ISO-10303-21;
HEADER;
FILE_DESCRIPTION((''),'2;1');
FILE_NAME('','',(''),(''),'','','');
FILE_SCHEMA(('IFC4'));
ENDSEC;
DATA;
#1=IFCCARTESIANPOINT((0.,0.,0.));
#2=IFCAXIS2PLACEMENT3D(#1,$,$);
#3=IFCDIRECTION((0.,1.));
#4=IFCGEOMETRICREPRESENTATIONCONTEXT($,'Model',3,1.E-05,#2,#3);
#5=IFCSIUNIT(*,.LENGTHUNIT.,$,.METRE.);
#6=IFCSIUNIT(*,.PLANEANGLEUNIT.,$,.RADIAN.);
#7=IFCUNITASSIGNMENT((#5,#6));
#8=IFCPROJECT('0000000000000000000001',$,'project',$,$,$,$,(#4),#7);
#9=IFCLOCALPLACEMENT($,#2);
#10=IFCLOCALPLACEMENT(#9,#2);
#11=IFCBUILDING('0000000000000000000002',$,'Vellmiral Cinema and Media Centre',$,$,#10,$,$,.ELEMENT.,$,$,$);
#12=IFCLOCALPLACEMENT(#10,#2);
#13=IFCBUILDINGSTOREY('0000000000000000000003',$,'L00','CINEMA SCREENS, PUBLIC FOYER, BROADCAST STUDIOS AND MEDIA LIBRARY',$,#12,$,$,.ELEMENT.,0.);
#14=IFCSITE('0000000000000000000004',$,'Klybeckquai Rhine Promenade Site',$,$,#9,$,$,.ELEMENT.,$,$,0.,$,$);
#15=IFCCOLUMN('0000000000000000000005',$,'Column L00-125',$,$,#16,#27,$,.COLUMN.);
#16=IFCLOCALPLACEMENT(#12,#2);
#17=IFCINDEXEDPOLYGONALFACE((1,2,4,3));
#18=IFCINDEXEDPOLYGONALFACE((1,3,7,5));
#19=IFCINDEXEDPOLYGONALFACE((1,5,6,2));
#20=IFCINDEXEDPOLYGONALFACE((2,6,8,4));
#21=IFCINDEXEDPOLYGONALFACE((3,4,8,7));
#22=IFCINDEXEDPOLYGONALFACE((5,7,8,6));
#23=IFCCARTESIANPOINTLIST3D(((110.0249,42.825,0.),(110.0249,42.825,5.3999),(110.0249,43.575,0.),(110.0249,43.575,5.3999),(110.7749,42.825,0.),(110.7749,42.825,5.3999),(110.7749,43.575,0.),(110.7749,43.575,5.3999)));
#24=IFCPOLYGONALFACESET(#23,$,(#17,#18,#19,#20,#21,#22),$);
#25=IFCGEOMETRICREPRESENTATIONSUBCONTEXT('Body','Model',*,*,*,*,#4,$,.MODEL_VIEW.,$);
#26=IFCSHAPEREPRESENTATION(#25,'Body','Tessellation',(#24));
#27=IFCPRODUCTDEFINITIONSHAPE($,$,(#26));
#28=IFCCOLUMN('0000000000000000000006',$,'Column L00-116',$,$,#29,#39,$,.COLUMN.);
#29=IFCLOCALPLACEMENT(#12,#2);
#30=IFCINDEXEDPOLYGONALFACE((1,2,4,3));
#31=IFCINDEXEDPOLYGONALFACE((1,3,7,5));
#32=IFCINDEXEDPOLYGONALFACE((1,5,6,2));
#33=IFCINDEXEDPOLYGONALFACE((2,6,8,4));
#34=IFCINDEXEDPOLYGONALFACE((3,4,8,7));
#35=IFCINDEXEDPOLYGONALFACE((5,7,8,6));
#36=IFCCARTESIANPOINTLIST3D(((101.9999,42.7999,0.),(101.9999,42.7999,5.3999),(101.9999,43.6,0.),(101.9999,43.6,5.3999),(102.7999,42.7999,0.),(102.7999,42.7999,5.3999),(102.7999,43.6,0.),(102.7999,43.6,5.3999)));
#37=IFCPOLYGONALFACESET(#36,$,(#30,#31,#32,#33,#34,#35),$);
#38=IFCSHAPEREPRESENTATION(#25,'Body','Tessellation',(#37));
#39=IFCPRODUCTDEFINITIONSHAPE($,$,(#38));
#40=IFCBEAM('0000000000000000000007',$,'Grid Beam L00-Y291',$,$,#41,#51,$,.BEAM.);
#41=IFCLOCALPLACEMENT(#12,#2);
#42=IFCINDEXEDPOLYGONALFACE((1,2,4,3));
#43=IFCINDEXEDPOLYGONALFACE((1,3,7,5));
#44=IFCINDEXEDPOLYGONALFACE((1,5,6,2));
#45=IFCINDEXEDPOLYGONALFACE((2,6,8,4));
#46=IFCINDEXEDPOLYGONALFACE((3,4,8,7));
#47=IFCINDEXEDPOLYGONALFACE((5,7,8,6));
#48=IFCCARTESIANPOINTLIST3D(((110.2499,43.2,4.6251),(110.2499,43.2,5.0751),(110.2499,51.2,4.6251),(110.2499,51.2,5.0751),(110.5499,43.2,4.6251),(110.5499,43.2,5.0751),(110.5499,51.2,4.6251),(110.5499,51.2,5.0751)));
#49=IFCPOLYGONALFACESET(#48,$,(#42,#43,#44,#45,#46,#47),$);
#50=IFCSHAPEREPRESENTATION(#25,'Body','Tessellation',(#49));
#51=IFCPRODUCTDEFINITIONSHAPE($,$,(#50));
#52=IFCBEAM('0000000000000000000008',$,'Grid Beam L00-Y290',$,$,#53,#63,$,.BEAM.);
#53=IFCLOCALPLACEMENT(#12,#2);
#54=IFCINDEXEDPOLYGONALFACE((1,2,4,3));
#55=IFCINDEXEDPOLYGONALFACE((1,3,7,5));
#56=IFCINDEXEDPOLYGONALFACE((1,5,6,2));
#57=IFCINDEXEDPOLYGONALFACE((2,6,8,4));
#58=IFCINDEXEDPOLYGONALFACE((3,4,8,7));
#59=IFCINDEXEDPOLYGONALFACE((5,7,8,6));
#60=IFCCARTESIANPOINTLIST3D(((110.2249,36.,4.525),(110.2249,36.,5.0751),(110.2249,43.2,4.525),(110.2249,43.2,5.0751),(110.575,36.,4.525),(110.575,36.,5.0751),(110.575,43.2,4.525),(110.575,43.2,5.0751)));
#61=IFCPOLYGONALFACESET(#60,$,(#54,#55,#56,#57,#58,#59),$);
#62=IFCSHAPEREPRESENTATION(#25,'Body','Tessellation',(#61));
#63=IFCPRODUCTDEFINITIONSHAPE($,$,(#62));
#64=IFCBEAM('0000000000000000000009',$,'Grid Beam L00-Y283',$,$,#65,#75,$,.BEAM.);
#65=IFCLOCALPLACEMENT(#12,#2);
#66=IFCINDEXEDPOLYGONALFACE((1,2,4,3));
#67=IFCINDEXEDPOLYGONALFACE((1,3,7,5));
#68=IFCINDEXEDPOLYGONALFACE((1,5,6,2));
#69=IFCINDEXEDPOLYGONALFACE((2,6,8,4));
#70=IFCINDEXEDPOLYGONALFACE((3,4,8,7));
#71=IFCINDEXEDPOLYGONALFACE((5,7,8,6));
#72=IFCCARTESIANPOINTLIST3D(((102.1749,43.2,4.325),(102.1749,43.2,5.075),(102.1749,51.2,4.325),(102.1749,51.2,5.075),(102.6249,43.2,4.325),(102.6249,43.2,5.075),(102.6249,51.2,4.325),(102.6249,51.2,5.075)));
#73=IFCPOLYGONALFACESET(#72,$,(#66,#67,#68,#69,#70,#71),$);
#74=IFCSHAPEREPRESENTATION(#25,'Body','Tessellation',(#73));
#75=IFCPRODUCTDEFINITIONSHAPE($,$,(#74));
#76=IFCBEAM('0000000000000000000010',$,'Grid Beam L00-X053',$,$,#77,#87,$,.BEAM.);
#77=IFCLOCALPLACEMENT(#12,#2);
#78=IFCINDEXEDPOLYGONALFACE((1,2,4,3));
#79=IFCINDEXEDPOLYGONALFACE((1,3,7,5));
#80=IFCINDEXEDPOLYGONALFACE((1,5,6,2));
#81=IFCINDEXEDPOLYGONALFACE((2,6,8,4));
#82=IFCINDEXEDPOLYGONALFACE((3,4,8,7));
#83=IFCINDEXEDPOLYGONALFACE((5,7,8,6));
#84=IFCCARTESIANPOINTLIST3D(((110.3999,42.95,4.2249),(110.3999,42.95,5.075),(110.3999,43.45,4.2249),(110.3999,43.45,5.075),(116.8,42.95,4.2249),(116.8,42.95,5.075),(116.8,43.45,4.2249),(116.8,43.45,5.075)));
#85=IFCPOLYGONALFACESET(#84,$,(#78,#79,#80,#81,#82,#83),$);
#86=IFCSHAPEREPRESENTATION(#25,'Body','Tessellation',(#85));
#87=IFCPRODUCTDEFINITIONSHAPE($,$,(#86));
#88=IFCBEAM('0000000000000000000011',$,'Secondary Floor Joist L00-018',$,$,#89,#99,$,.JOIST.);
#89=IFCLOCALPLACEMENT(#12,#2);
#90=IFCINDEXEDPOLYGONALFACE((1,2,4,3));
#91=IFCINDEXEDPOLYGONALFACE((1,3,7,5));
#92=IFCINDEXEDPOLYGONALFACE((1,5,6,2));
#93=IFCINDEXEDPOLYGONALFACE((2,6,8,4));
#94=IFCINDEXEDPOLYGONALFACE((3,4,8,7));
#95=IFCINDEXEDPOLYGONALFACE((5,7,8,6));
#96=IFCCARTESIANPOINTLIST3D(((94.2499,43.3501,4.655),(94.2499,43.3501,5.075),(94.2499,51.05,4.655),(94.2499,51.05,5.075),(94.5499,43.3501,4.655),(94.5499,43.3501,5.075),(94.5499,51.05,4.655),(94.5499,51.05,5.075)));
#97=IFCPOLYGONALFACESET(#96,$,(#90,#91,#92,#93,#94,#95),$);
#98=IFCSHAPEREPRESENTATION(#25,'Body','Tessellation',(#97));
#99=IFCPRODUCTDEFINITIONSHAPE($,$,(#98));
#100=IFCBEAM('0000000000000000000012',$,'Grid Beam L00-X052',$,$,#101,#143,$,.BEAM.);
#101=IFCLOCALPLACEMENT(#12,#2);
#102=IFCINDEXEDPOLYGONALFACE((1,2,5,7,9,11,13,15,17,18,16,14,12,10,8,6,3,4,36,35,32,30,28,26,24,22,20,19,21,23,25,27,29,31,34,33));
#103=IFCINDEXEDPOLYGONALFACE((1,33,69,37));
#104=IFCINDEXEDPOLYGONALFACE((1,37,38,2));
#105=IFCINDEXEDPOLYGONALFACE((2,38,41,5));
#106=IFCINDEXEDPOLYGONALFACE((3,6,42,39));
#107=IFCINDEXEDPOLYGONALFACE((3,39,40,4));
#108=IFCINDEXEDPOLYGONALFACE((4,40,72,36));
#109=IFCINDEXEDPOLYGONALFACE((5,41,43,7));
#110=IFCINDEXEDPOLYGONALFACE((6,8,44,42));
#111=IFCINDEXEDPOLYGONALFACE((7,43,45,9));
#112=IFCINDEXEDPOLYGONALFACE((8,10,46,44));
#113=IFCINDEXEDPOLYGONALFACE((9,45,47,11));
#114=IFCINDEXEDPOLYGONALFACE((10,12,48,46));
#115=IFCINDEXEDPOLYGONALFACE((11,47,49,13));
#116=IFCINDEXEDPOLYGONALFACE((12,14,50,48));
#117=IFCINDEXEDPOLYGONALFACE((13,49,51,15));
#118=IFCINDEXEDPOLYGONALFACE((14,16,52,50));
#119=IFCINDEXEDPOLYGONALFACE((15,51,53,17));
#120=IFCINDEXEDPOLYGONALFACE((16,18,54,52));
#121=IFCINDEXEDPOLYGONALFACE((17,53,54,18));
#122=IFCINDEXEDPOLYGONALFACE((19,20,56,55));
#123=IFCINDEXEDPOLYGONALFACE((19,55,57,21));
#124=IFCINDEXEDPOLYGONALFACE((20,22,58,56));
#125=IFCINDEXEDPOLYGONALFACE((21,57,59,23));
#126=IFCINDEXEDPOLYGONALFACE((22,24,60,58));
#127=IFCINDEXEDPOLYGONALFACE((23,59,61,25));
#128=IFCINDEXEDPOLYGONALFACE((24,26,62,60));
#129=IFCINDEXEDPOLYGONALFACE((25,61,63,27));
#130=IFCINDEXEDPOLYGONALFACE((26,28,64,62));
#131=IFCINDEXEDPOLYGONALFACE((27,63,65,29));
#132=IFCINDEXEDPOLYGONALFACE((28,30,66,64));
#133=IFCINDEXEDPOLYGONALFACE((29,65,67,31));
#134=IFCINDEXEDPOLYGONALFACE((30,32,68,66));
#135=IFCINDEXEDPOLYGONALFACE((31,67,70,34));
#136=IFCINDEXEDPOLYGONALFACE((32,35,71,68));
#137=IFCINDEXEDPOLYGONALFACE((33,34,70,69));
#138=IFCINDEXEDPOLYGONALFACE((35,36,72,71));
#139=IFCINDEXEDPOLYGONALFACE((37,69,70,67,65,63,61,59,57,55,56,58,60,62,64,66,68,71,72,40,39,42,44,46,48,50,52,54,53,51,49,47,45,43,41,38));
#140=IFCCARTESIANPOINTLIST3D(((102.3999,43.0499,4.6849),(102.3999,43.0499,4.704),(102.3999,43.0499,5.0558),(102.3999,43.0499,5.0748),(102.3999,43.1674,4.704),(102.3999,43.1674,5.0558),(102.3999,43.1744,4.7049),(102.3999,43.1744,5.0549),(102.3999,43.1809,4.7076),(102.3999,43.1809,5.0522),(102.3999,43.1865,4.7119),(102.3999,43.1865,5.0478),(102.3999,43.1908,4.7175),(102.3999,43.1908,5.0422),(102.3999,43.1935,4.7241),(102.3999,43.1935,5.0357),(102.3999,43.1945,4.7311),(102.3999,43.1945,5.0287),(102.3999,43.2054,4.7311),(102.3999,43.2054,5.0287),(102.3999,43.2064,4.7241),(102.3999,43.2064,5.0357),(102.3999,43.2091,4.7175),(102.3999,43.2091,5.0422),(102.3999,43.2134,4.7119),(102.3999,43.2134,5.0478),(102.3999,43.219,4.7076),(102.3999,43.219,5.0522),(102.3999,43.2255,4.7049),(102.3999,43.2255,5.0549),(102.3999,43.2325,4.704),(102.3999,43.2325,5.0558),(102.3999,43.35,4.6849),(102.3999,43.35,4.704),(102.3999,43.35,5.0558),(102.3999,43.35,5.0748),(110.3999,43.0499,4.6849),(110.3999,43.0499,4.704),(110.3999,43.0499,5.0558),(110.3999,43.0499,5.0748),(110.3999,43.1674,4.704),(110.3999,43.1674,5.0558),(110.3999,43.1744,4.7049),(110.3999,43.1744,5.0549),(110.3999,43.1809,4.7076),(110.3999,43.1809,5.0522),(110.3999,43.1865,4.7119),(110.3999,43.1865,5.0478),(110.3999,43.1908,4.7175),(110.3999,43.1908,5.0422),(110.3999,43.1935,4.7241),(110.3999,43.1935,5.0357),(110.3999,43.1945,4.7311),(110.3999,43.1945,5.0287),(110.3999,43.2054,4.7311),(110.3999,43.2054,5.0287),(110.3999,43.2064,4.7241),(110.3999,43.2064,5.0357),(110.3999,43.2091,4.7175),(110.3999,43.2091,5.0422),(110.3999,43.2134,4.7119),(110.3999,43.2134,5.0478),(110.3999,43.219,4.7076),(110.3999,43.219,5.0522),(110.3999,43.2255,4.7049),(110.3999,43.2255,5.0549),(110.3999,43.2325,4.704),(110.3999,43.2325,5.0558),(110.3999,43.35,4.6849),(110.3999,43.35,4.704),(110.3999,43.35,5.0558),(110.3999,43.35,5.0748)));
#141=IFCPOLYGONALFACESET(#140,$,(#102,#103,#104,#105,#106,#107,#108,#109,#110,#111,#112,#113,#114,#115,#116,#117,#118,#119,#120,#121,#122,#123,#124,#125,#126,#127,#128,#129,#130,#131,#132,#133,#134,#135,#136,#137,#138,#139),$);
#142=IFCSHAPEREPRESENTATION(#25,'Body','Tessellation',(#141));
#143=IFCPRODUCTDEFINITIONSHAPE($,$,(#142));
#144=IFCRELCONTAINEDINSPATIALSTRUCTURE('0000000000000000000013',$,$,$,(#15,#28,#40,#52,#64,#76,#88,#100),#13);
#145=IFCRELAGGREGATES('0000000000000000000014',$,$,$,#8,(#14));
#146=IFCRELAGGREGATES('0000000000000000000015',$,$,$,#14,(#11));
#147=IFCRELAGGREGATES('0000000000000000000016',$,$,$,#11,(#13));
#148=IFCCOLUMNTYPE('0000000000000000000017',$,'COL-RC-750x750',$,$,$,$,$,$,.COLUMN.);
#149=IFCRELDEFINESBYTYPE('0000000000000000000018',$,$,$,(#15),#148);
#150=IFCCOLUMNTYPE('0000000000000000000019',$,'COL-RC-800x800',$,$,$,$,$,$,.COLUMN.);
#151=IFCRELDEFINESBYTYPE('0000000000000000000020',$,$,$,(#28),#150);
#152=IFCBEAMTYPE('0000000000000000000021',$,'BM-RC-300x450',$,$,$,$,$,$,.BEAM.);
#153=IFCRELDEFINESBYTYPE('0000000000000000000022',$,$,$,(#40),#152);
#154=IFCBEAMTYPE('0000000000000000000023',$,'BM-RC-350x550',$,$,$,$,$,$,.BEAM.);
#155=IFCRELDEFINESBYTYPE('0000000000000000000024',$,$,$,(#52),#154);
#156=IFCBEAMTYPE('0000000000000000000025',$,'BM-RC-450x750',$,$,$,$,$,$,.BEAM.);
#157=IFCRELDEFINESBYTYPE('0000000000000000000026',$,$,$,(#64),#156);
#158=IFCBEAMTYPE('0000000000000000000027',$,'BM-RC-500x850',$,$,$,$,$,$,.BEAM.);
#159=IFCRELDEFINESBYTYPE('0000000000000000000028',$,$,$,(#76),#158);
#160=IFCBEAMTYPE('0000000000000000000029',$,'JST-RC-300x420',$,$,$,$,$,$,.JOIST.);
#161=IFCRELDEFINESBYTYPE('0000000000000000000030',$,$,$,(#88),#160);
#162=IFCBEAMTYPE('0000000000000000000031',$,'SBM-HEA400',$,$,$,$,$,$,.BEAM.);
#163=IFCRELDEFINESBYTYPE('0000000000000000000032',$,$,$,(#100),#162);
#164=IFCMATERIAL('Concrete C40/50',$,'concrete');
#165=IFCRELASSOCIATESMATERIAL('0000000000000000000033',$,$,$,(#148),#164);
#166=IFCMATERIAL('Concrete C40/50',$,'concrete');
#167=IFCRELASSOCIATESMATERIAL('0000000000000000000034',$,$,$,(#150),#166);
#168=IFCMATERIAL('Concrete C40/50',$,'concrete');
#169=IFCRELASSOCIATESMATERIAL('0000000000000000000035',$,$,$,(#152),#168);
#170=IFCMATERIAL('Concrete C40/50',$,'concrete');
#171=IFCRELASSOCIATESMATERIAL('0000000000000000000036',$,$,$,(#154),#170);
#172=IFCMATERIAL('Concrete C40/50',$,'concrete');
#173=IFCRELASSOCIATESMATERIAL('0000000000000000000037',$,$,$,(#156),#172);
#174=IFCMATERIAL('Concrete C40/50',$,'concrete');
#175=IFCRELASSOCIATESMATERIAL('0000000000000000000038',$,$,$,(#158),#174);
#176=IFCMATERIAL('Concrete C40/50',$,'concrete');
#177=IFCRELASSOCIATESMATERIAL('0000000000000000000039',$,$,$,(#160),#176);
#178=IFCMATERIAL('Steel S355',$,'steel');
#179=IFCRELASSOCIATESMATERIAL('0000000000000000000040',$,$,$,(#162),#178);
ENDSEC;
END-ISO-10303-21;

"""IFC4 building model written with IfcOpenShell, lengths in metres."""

from ifc_helpers import new_model, si_unit, direction, frame, origin, origin_2d, place, context, subcontext, project, spatial, rectangle, i_section, extrude, material, material_profile, profile_set, type_object, element, save


model = new_model("IFC4")

# Units and contexts
model_context = context("Model", 3, precision=1e-05, world=origin(), true_north=direction((0.0, 1.0)))
body_context = subcontext(model_context, "Body", "Model", "MODEL_VIEW")
ifc_project = project(units=[si_unit("LENGTHUNIT", "METRE"), si_unit("PLANEANGLEUNIT", "RADIAN")], contexts=[model_context])

# Site, building, storey
site_placement = place(None, origin())
site = spatial("IfcSite", under=ifc_project, at=site_placement, Name="Klybeckquai Rhine Promenade Site", CompositionType="ELEMENT", RefElevation=0.0)
building_placement = place(site_placement, origin())
building = spatial("IfcBuilding", under=site, at=building_placement, Name="Vellmiral Cinema and Media Centre", CompositionType="ELEMENT")
storey_placement = place(building_placement, origin())
storey = spatial("IfcBuildingStorey", under=building, at=storey_placement, Name="L00", Description="CINEMA SCREENS, PUBLIC FOYER, BROADCAST STUDIOS AND MEDIA LIBRARY", CompositionType="ELEMENT", Elevation=0.0)

# Columns
ifc_material_1 = material(Name="Concrete C40/50", Category="concrete")
ifc_material_profile_1 = material_profile(ifc_material_1, rectangle(XDim=0.75, YDim=0.75, at=origin_2d()), Name="RC 750x750")
ifc_profile_set_1 = profile_set([ifc_material_profile_1], Name="Concrete C40/50")
column_type_1 = type_object("IfcColumnType", Name="COL-RC-750x750", PredefinedType="COLUMN", material=ifc_profile_set_1)
column_1_placement = place(storey_placement, frame((110.3999, 43.2, 0.0), z_axis=(0.0, 0.0, 1.0), x_axis=(1.0, 0.0, 0.0)))
element("IfcColumn", 1, at=column_1_placement, inside=storey, type_object=column_type_1, Name="Column L00-125", PredefinedType="COLUMN", context=body_context, shape_type="SweptSolid", body=[
    extrude(rectangle(XDim=0.75, YDim=0.75, at=origin_2d()), origin(), (0.0, 0.0, 1.0), 5.3999),
])
ifc_material_2 = material(Name="Concrete C40/50", Category="concrete")
ifc_material_profile_2 = material_profile(ifc_material_2, rectangle(XDim=0.8, YDim=0.8, at=origin_2d()), Name="RC 800x800")
ifc_profile_set_2 = profile_set([ifc_material_profile_2], Name="Concrete C40/50")
column_type_2 = type_object("IfcColumnType", Name="COL-RC-800x800", PredefinedType="COLUMN", material=ifc_profile_set_2)
column_2_placement = place(storey_placement, frame((102.3999, 43.2, 0.0), z_axis=(0.0, 0.0, 1.0), x_axis=(1.0, 0.0, 0.0)))
element("IfcColumn", 2, at=column_2_placement, inside=storey, type_object=column_type_2, Name="Column L00-116", PredefinedType="COLUMN", context=body_context, shape_type="SweptSolid", body=[
    extrude(rectangle(XDim=0.8, YDim=0.8, at=origin_2d()), origin(), (0.0, 0.0, 1.0), 5.3999),
])

# Beams
ifc_material_3 = material(Name="Concrete C40/50", Category="concrete")
ifc_material_profile_3 = material_profile(ifc_material_3, rectangle(XDim=0.3, YDim=0.45, at=origin_2d()), Name="RC 300x450")
ifc_profile_set_3 = profile_set([ifc_material_profile_3], Name="Concrete C40/50")
beam_type_1 = type_object("IfcBeamType", Name="BM-RC-300x450", PredefinedType="BEAM", material=ifc_profile_set_3)
beam_1_placement = place(storey_placement, frame((110.3999, 43.2, 4.8501), z_axis=(0.0, 1.0, 0.0), x_axis=(-1.0, 0.0, 0.0)))
element("IfcBeam", 3, at=beam_1_placement, inside=storey, type_object=beam_type_1, Name="Grid Beam L00-Y291", PredefinedType="BEAM", context=body_context, shape_type="SweptSolid", body=[
    extrude(rectangle(XDim=0.3, YDim=0.45, at=origin_2d()), origin(), (0.0, 0.0, 1.0), 8.0),
])
ifc_material_4 = material(Name="Concrete C40/50", Category="concrete")
ifc_material_profile_4 = material_profile(ifc_material_4, rectangle(XDim=0.3501, YDim=0.55, at=origin_2d()), Name="RC 350x550")
ifc_profile_set_4 = profile_set([ifc_material_profile_4], Name="Concrete C40/50")
beam_type_2 = type_object("IfcBeamType", Name="BM-RC-350x550", PredefinedType="BEAM", material=ifc_profile_set_4)
beam_2_placement = place(storey_placement, frame((110.3999, 36.0, 4.8), z_axis=(0.0, 1.0, 0.0), x_axis=(-1.0, 0.0, 0.0)))
element("IfcBeam", 4, at=beam_2_placement, inside=storey, type_object=beam_type_2, Name="Grid Beam L00-Y290", PredefinedType="BEAM", context=body_context, shape_type="SweptSolid", body=[
    extrude(rectangle(XDim=0.3501, YDim=0.55, at=origin_2d()), origin(), (0.0, 0.0, 1.0), 7.2),
])
ifc_material_5 = material(Name="Concrete C40/50", Category="concrete")
ifc_material_profile_5 = material_profile(ifc_material_5, rectangle(XDim=0.45, YDim=0.75, at=origin_2d()), Name="RC 450x750")
ifc_profile_set_5 = profile_set([ifc_material_profile_5], Name="Concrete C40/50")
beam_type_3 = type_object("IfcBeamType", Name="BM-RC-450x750", PredefinedType="BEAM", material=ifc_profile_set_5)
beam_3_placement = place(storey_placement, frame((102.3999, 43.2, 4.7), z_axis=(0.0, 1.0, 0.0), x_axis=(-1.0, 0.0, 0.0)))
element("IfcBeam", 5, at=beam_3_placement, inside=storey, type_object=beam_type_3, Name="Grid Beam L00-Y283", PredefinedType="BEAM", context=body_context, shape_type="SweptSolid", body=[
    extrude(rectangle(XDim=0.45, YDim=0.75, at=origin_2d()), origin(), (0.0, 0.0, 1.0), 8.0),
])
ifc_material_6 = material(Name="Concrete C40/50", Category="concrete")
ifc_material_profile_6 = material_profile(ifc_material_6, rectangle(XDim=0.5, YDim=0.8501, at=origin_2d()), Name="RC 500x850")
ifc_profile_set_6 = profile_set([ifc_material_profile_6], Name="Concrete C40/50")
beam_type_4 = type_object("IfcBeamType", Name="BM-RC-500x850", PredefinedType="BEAM", material=ifc_profile_set_6)
beam_4_placement = place(storey_placement, frame((110.3999, 43.2, 4.6499), z_axis=(1.0, 0.0, 0.0), x_axis=(0.0, 1.0, 0.0)))
element("IfcBeam", 6, at=beam_4_placement, inside=storey, type_object=beam_type_4, Name="Grid Beam L00-X053", PredefinedType="BEAM", context=body_context, shape_type="SweptSolid", body=[
    extrude(rectangle(XDim=0.5, YDim=0.8501, at=origin_2d()), origin(), (0.0, 0.0, 1.0), 6.4001),
])
ifc_material_7 = material(Name="Concrete C40/50", Category="concrete")
ifc_material_profile_7 = material_profile(ifc_material_7, rectangle(XDim=0.3, YDim=0.4199, at=origin_2d()), Name="RC 300x420")
ifc_profile_set_7 = profile_set([ifc_material_profile_7], Name="Concrete C40/50")
beam_type_5 = type_object("IfcBeamType", Name="JST-RC-300x420", PredefinedType="JOIST", material=ifc_profile_set_7)
beam_5_placement = place(storey_placement, frame((94.3999, 43.3501, 4.865), z_axis=(0.0, 1.0, 0.0), x_axis=(-1.0, 0.0, 0.0)))
element("IfcBeam", 7, at=beam_5_placement, inside=storey, type_object=beam_type_5, Name="Secondary Floor Joist L00-018", PredefinedType="JOIST", context=body_context, shape_type="SweptSolid", body=[
    extrude(rectangle(XDim=0.3, YDim=0.4199, at=origin_2d()), origin(), (0.0, 0.0, 1.0), 7.7),
])
ifc_material_8 = material(Name="Steel S355", Category="steel")
ifc_material_profile_8 = material_profile(ifc_material_8, i_section(OverallWidth=0.3, OverallDepth=0.3899, WebThickness=0.011, FlangeThickness=0.019, FilletRadius=0.0271, at=origin_2d()), Name="HEA 400")
ifc_profile_set_8 = profile_set([ifc_material_profile_8], Name="Steel S355")
beam_type_6 = type_object("IfcBeamType", Name="SBM-HEA400", PredefinedType="BEAM", material=ifc_profile_set_8)
beam_6_placement = place(storey_placement, frame((102.3999, 43.2, 4.8799), z_axis=(1.0, 0.0, 0.0), x_axis=(0.0, 1.0, 0.0)))
element("IfcBeam", 8, at=beam_6_placement, inside=storey, type_object=beam_type_6, Name="Grid Beam L00-X052", PredefinedType="BEAM", context=body_context, shape_type="SweptSolid", body=[
    extrude(i_section(OverallWidth=0.3, OverallDepth=0.3899, WebThickness=0.011, FlangeThickness=0.019, FilletRadius=0.0271, at=origin_2d()), origin(), (0.0, 0.0, 1.0), 8.0),
])

save(model, "model.ifc")
